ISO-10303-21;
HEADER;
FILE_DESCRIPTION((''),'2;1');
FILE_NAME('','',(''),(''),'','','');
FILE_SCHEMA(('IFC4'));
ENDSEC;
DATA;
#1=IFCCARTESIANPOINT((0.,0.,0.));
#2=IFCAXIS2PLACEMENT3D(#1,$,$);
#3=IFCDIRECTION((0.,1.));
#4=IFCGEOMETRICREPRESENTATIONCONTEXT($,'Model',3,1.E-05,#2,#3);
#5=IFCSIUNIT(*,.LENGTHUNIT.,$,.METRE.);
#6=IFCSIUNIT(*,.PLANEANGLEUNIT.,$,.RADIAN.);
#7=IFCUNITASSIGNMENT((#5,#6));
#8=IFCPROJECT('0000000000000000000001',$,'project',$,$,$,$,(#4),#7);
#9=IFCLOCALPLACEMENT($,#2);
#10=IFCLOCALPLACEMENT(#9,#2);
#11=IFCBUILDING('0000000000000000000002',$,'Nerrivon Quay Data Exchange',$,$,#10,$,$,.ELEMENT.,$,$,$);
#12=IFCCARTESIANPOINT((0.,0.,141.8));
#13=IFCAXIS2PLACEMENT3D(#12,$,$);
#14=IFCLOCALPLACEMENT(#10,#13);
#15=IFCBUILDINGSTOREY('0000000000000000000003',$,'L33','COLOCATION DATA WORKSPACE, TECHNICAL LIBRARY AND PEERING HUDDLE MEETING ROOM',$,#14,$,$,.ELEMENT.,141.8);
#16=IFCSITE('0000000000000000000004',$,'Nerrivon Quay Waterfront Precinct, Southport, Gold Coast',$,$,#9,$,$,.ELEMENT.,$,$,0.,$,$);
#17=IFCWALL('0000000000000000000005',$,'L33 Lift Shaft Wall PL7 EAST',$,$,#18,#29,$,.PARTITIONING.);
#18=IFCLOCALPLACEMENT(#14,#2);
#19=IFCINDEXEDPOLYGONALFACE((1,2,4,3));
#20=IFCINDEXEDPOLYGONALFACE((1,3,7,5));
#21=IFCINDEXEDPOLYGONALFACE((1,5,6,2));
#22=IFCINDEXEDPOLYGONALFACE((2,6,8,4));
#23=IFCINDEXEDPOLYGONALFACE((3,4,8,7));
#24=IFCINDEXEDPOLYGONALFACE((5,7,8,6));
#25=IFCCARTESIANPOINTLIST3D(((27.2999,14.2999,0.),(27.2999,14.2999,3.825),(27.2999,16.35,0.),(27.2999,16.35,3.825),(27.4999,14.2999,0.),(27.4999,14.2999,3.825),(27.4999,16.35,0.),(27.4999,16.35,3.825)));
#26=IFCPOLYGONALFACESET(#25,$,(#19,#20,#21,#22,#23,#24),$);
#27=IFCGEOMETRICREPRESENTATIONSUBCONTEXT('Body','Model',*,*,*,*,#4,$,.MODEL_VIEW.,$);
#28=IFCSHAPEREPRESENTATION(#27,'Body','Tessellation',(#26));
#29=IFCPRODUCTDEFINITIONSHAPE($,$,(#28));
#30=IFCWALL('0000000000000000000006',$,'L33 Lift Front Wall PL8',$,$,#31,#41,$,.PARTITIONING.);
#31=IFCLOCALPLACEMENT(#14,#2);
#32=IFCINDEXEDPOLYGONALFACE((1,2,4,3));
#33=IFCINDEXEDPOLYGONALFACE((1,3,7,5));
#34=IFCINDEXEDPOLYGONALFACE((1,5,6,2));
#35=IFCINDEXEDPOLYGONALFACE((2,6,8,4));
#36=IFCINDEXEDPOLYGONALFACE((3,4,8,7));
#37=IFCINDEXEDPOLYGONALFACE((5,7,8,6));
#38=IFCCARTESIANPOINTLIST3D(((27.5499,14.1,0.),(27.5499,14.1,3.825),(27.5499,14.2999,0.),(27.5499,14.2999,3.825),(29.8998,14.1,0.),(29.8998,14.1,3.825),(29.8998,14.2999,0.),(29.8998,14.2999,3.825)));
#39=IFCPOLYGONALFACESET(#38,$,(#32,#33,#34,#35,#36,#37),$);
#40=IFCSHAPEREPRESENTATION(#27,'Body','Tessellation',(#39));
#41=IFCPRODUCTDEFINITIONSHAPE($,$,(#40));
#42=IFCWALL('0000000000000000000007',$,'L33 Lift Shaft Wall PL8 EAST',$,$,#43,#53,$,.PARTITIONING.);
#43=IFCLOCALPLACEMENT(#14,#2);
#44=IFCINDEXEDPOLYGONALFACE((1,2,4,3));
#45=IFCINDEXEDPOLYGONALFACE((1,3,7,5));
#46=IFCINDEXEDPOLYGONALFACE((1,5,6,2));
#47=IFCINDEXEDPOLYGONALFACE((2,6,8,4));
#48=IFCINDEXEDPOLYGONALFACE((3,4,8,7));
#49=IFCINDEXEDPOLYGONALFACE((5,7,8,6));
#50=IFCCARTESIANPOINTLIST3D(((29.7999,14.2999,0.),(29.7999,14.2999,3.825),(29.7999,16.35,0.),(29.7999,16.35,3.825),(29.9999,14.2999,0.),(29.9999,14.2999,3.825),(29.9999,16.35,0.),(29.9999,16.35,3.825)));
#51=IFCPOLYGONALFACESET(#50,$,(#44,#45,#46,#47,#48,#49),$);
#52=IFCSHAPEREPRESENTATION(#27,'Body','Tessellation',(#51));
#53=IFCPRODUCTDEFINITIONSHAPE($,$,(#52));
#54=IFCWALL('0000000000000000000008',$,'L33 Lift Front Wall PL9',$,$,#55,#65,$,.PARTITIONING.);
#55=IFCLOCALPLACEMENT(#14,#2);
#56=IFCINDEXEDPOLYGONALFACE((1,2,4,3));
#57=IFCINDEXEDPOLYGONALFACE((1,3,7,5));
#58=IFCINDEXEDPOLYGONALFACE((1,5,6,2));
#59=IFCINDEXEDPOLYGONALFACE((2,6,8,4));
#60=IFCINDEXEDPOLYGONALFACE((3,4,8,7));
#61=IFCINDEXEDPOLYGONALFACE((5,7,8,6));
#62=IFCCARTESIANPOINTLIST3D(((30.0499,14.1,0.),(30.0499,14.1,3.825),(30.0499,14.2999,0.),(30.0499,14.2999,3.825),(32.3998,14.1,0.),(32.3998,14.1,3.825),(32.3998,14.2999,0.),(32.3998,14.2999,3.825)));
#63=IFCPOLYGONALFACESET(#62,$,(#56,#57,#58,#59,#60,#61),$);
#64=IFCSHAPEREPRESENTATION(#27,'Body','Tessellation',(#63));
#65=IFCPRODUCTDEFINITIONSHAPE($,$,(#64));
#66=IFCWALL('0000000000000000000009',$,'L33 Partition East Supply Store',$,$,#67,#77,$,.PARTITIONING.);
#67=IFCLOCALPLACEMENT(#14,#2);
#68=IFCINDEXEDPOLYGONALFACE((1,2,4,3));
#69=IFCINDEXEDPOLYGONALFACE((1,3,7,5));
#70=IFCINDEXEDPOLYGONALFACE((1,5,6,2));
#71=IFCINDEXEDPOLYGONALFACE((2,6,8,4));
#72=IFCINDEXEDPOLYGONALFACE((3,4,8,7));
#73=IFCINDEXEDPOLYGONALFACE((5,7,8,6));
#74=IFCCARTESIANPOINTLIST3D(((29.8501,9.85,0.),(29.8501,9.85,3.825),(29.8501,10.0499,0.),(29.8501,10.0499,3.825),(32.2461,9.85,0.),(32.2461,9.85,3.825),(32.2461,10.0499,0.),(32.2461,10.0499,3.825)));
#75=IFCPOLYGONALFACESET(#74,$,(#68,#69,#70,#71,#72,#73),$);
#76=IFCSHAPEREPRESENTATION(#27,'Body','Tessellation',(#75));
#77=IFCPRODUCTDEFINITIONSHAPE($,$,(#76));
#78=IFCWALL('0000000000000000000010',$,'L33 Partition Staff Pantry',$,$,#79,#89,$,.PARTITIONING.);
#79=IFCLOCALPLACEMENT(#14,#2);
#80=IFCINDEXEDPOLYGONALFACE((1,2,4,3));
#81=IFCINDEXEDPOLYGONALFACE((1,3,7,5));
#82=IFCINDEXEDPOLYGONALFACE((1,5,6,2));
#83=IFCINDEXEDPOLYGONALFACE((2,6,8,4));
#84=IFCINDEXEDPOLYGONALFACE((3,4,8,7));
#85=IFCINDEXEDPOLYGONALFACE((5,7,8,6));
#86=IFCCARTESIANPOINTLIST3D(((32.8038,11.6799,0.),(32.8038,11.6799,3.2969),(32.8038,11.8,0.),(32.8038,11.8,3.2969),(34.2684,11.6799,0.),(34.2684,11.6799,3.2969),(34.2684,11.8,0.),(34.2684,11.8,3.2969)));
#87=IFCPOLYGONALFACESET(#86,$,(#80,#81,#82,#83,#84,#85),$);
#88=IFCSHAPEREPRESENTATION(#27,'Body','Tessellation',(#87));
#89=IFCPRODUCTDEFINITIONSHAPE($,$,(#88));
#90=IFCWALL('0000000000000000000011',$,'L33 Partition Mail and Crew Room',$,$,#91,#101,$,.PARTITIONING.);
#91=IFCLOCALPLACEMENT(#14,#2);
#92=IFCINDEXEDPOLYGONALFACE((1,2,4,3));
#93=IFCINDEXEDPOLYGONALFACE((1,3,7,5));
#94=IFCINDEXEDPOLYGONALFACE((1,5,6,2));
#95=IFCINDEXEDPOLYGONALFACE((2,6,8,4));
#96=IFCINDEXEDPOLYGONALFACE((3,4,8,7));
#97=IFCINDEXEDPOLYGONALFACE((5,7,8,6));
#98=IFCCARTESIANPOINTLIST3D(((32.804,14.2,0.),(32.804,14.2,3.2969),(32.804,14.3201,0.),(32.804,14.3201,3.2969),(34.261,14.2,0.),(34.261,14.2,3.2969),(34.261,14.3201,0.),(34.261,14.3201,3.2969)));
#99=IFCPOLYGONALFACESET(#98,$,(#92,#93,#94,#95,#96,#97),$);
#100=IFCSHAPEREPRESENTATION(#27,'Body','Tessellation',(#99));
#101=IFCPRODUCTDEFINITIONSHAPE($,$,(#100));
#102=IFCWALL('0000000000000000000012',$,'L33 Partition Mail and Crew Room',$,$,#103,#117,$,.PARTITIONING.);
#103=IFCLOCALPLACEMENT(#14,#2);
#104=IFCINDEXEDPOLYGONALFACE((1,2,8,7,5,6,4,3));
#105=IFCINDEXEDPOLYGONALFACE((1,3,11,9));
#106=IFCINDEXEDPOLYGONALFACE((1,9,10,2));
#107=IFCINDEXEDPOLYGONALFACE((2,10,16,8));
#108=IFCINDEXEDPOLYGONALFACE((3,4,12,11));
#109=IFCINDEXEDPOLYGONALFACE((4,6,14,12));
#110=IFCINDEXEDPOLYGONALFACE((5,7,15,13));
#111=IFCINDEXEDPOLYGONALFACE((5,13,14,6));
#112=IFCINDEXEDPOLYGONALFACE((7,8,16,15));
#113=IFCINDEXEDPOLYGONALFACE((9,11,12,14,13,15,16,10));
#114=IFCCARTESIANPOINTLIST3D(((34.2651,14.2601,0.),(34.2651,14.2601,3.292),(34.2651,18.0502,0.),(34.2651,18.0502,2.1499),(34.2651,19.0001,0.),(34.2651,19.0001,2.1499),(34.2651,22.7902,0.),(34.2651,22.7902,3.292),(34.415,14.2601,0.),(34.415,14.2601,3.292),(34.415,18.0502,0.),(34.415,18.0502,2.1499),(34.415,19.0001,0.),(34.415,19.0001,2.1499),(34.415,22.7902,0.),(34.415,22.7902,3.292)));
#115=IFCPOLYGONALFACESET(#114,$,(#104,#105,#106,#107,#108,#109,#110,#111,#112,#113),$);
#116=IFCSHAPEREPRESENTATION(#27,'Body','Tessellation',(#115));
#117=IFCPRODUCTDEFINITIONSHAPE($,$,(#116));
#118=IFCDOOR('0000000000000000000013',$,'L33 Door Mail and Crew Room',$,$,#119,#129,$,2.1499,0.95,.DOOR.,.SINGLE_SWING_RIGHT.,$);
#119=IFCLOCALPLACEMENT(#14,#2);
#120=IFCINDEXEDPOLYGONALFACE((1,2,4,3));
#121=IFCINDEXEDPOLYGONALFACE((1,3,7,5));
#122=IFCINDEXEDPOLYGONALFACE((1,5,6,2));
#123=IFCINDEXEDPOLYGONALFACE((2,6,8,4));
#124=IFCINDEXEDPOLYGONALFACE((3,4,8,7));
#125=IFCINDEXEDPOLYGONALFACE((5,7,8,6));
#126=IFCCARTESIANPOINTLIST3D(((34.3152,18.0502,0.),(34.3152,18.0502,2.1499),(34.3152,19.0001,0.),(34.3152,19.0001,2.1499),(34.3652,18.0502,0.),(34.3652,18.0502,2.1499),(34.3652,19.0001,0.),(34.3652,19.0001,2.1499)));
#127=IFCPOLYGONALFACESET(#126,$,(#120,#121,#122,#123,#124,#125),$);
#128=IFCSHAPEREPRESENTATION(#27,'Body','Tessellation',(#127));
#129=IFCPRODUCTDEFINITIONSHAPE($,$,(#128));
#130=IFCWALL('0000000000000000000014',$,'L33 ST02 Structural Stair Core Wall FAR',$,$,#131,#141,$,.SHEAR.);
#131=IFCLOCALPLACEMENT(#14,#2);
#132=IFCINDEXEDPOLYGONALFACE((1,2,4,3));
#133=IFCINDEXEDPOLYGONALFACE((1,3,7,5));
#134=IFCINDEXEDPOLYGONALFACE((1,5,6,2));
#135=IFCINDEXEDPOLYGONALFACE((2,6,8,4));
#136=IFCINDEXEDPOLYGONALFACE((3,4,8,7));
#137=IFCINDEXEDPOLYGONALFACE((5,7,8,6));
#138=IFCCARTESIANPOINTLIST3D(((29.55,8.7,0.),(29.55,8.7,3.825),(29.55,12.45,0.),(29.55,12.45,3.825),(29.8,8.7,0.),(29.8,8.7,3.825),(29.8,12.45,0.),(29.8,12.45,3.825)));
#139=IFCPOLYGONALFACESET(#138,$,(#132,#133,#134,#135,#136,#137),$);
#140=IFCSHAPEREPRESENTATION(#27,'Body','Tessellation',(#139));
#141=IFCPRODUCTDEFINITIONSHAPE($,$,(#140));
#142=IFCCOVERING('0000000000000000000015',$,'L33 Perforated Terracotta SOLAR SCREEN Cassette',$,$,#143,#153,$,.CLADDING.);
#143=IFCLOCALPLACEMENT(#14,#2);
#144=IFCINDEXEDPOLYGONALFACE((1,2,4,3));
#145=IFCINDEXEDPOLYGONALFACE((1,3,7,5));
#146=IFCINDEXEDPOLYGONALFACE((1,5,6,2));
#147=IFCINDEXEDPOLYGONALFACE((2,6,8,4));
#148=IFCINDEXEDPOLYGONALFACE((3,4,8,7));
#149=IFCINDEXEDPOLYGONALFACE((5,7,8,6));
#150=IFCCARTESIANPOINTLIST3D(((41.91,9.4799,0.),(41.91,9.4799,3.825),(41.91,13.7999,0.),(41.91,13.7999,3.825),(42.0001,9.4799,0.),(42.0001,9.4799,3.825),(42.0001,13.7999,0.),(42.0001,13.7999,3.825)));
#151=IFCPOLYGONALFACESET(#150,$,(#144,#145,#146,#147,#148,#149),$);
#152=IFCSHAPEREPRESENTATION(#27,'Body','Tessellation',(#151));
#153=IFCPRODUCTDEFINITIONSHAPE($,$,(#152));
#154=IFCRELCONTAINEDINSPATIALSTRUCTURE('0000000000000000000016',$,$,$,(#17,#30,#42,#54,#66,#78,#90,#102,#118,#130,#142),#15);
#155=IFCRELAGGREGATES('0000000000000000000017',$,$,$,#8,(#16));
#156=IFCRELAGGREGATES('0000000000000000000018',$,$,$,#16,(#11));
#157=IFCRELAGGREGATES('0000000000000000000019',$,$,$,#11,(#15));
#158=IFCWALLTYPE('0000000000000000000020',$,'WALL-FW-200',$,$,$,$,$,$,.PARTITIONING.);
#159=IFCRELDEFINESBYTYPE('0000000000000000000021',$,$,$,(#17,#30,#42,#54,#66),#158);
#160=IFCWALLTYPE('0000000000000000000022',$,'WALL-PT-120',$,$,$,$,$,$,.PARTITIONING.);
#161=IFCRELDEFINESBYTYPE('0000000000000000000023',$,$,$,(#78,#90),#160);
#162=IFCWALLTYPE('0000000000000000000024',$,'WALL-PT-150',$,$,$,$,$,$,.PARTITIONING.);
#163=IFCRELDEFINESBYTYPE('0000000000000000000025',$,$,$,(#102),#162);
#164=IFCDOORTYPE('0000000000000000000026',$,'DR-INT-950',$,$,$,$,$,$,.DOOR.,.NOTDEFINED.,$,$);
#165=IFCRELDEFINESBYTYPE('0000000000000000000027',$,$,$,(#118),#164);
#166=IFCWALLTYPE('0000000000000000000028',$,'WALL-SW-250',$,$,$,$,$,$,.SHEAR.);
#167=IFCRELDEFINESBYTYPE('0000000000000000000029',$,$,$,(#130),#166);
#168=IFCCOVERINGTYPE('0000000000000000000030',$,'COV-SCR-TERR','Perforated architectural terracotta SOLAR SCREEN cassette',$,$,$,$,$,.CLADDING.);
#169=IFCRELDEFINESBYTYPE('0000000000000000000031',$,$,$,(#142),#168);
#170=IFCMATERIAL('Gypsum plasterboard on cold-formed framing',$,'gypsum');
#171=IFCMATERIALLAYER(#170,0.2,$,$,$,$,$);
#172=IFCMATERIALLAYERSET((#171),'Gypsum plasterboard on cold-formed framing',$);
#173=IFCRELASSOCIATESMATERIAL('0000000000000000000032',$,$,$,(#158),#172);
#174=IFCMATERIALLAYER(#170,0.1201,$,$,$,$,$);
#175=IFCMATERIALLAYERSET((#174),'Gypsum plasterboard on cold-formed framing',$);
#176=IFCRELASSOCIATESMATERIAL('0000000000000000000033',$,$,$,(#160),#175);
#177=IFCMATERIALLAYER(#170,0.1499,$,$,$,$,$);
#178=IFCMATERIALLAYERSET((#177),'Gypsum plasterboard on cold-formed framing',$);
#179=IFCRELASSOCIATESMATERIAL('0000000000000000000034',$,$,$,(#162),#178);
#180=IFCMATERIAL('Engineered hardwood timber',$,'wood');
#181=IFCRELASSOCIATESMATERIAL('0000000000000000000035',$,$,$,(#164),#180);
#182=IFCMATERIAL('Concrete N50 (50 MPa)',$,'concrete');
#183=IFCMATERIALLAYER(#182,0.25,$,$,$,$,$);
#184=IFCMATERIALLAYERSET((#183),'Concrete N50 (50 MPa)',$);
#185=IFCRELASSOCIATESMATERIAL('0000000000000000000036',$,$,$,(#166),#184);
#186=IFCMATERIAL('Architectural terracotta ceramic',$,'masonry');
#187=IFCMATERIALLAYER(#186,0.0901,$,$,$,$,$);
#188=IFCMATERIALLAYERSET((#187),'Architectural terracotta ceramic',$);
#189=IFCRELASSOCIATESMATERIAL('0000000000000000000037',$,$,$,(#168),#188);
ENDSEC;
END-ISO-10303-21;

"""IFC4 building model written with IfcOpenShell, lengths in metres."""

from ifc_helpers import new_model, si_unit, direction, frame, frame_2d, origin, origin_2d, place, context, subcontext, project, spatial, rectangle, extrude, material, layer, layer_set, type_object, element, fill, save


model = new_model("IFC4")

# Units and contexts
model_context = context("Model", 3, precision=1e-05, world=origin(), true_north=direction((0.0, 1.0)))
body_context = subcontext(model_context, "Body", "Model", "MODEL_VIEW")
ifc_project = project(units=[si_unit("LENGTHUNIT", "METRE"), si_unit("PLANEANGLEUNIT", "RADIAN")], contexts=[model_context])

# Site, building, storey
site_placement = place(None, origin())
site = spatial("IfcSite", under=ifc_project, at=site_placement, Name="Nerrivon Quay Waterfront Precinct, Southport, Gold Coast", CompositionType="ELEMENT", RefElevation=0.0)
building_placement = place(site_placement, origin())
building = spatial("IfcBuilding", under=site, at=building_placement, Name="Nerrivon Quay Data Exchange", CompositionType="ELEMENT")
storey_placement = place(building_placement, frame((0.0, 0.0, 141.8)))
storey = spatial("IfcBuildingStorey", under=building, at=storey_placement, Name="L33", Description="COLOCATION DATA WORKSPACE, TECHNICAL LIBRARY AND PEERING HUDDLE MEETING ROOM", CompositionType="ELEMENT", Elevation=141.8)

# Walls
ifc_material_1 = material(Name="Gypsum plasterboard on cold-formed framing", Category="gypsum")
ifc_layer_1 = layer(ifc_material_1, 0.2)
ifc_layer_set_1 = layer_set([ifc_layer_1], Name="Gypsum plasterboard on cold-formed framing")
wall_type_1 = type_object("IfcWallType", Name="WALL-FW-200", PredefinedType="PARTITIONING", material=ifc_layer_set_1)
wall_1_placement = place(storey_placement, frame((27.3999, 14.3, 0.0), z_axis=(0.0, 0.0, 1.0), x_axis=(0.0, 1.0, 0.0)))
element("IfcWall", 1, at=wall_1_placement, inside=storey, type_object=wall_type_1, Name="L33 Lift Shaft Wall PL7 EAST", PredefinedType="PARTITIONING", context=body_context, shape_type="SweptSolid", body=[
    extrude(rectangle(XDim=2.05, YDim=0.2, at=frame_2d((1.0249, 0.0))), origin(), (0.0, 0.0, 1.0), 3.825),
])
wall_2_placement = place(storey_placement, frame((27.55, 14.2, 0.0), z_axis=(0.0, 0.0, 1.0), x_axis=(1.0, 0.0, 0.0)))
element("IfcWall", 2, at=wall_2_placement, inside=storey, type_object=wall_type_1, Name="L33 Lift Front Wall PL8", PredefinedType="PARTITIONING", context=body_context, shape_type="SweptSolid", body=[
    extrude(rectangle(XDim=2.3499, YDim=0.2, at=frame_2d((1.1748, 0.0))), origin(), (0.0, 0.0, 1.0), 3.825),
])
wall_3_placement = place(storey_placement, frame((29.8999, 14.3, 0.0), z_axis=(0.0, 0.0, 1.0), x_axis=(0.0, 1.0, 0.0)))
element("IfcWall", 3, at=wall_3_placement, inside=storey, type_object=wall_type_1, Name="L33 Lift Shaft Wall PL8 EAST", PredefinedType="PARTITIONING", context=body_context, shape_type="SweptSolid", body=[
    extrude(rectangle(XDim=2.05, YDim=0.2, at=frame_2d((1.0249, 0.0))), origin(), (0.0, 0.0, 1.0), 3.825),
])
wall_4_placement = place(storey_placement, frame((30.05, 14.2, 0.0), z_axis=(0.0, 0.0, 1.0), x_axis=(1.0, 0.0, 0.0)))
element("IfcWall", 4, at=wall_4_placement, inside=storey, type_object=wall_type_1, Name="L33 Lift Front Wall PL9", PredefinedType="PARTITIONING", context=body_context, shape_type="SweptSolid", body=[
    extrude(rectangle(XDim=2.3499, YDim=0.2, at=frame_2d((1.1748, 0.0))), origin(), (0.0, 0.0, 1.0), 3.825),
])

# Shared definitions
ifc_material_2 = material(Name="Engineered hardwood timber", Category="wood")

# Walls
wall_5_placement = place(storey_placement, frame((29.8501, 9.95, 0.0), z_axis=(0.0, 0.0, 1.0), x_axis=(1.0, 0.0, 0.0)))
element("IfcWall", 5, at=wall_5_placement, inside=storey, type_object=wall_type_1, Name="L33 Partition East Supply Store", PredefinedType="PARTITIONING", context=body_context, shape_type="SweptSolid", body=[
    extrude(rectangle(XDim=2.396, YDim=0.2, at=frame_2d((1.198, 0.0))), origin(), (0.0, 0.0, 1.0), 3.825),
])
ifc_layer_2 = layer(ifc_material_1, 0.1201)
ifc_layer_set_2 = layer_set([ifc_layer_2], Name="Gypsum plasterboard on cold-formed framing")
wall_type_2 = type_object("IfcWallType", Name="WALL-PT-120", PredefinedType="PARTITIONING", material=ifc_layer_set_2)
wall_6_placement = place(storey_placement, frame((34.2686, 11.74, 0.0), z_axis=(0.0, 0.0, 1.0), x_axis=(-1.0, 0.0, 0.0)))
element("IfcWall", 6, at=wall_6_placement, inside=storey, type_object=wall_type_2, Name="L33 Partition Staff Pantry", PredefinedType="PARTITIONING", context=body_context, shape_type="SweptSolid", body=[
    extrude(rectangle(XDim=1.4646, YDim=0.1201, at=frame_2d((0.7324, 0.0))), origin(), (0.0, 0.0, 1.0), 3.2969),
])
wall_7_placement = place(storey_placement, frame((32.804, 14.26, 0.0), z_axis=(0.0, 0.0, 1.0), x_axis=(1.0, 0.0, 0.0)))
element("IfcWall", 7, at=wall_7_placement, inside=storey, type_object=wall_type_2, Name="L33 Partition Mail and Crew Room", PredefinedType="PARTITIONING", context=body_context, shape_type="SweptSolid", body=[
    extrude(rectangle(XDim=1.457, YDim=0.1201, at=frame_2d((0.7285, 0.0))), origin(), (0.0, 0.0, 1.0), 3.2969),
])

# Wall, opening, door
ifc_layer_3 = layer(ifc_material_1, 0.1499)
ifc_layer_set_3 = layer_set([ifc_layer_3], Name="Gypsum plasterboard on cold-formed framing")
wall_type_3 = type_object("IfcWallType", Name="WALL-PT-150", PredefinedType="PARTITIONING", material=ifc_layer_set_3)
wall_8_placement = place(storey_placement, frame((34.3401, 14.26, 0.0), z_axis=(0.0, 0.0, 1.0), x_axis=(0.0, 1.0, 0.0)))
wall_8 = element("IfcWall", 8, at=wall_8_placement, inside=storey, type_object=wall_type_3, Name="L33 Partition Mail and Crew Room", PredefinedType="PARTITIONING", context=body_context, shape_type="SweptSolid", body=[
    extrude(rectangle(XDim=8.53, YDim=0.1499, at=frame_2d((4.2651, 0.0))), origin(), (0.0, 0.0, 1.0), 3.292),
])
opening_1_placement = place(wall_8_placement, frame((3.79, 0.0, 0.0)))
opening_1 = element("IfcOpeningElement", 9, at=opening_1_placement, cuts=wall_8, PredefinedType="OPENING", context=body_context, shape_type="SweptSolid", body=[
    extrude(rectangle(XDim=0.95, YDim=2.1499, at=frame_2d((0.4751, 1.075))), frame((0.0, 0.085, 0.0), z_axis=(0.0, -1.0, 0.0), x_axis=(1.0, 0.0, 0.0)), (0.0, 0.0, 1.0), 0.1699),
])
door_type_1 = type_object("IfcDoorType", Name="DR-INT-950", OperationType="NOTDEFINED", PredefinedType="DOOR", material=ifc_material_2)
door_1_placement = place(opening_1_placement, origin())
door_1 = element("IfcDoor", 10, at=door_1_placement, inside=storey, type_object=door_type_1, Name="L33 Door Mail and Crew Room", OperationType="SINGLE_SWING_RIGHT", OverallHeight=2.1499, OverallWidth=0.95, PredefinedType="DOOR", context=body_context, shape_type="SweptSolid", body=[
    extrude(rectangle(XDim=0.95, YDim=2.1499, at=frame_2d((0.4751, 1.075))), frame((0.0, 0.0249, 0.0), z_axis=(0.0, -1.0, 0.0), x_axis=(1.0, 0.0, 0.0)), (0.0, 0.0, 1.0), 0.05),
])
fill(opening_1, door_1)

# Wall
ifc_material_3 = material(Name="Concrete N50 (50 MPa)", Category="concrete")
ifc_layer_4 = layer(ifc_material_3, 0.25)
ifc_layer_set_4 = layer_set([ifc_layer_4], Name="Concrete N50 (50 MPa)")
wall_type_4 = type_object("IfcWallType", Name="WALL-SW-250", PredefinedType="SHEAR", material=ifc_layer_set_4)
wall_9_placement = place(storey_placement, frame((29.675, 8.7, 0.0), z_axis=(0.0, 0.0, 1.0), x_axis=(0.0, 1.0, 0.0)))
element("IfcWall", 11, at=wall_9_placement, inside=storey, type_object=wall_type_4, Name="L33 ST02 Structural Stair Core Wall FAR", PredefinedType="SHEAR", context=body_context, shape_type="SweptSolid", body=[
    extrude(rectangle(XDim=3.75, YDim=0.25, at=frame_2d((1.875, 0.0))), origin(), (0.0, 0.0, 1.0), 3.825),
])

# Covering
ifc_material_4 = material(Name="Architectural terracotta ceramic", Category="masonry")
ifc_layer_5 = layer(ifc_material_4, 0.0901)
ifc_layer_set_5 = layer_set([ifc_layer_5], Name="Architectural terracotta ceramic")
covering_type = type_object("IfcCoveringType", Name="COV-SCR-TERR", Description="Perforated architectural terracotta SOLAR SCREEN cassette", PredefinedType="CLADDING", material=ifc_layer_set_5)
covering_placement = place(storey_placement, frame((41.9551, 11.6399, 0.0), z_axis=(0.0, 0.0, 1.0), x_axis=(0.0, -1.0, 0.0)))
element("IfcCovering", 12, at=covering_placement, inside=storey, type_object=covering_type, Name="L33 Perforated Terracotta SOLAR SCREEN Cassette", PredefinedType="CLADDING", context=body_context, shape_type="SweptSolid", body=[
    extrude(rectangle(XDim=4.3201, YDim=0.0901, at=origin_2d()), origin(), (0.0, 0.0, 1.0), 3.825),
])

save(model, "model.ifc")
